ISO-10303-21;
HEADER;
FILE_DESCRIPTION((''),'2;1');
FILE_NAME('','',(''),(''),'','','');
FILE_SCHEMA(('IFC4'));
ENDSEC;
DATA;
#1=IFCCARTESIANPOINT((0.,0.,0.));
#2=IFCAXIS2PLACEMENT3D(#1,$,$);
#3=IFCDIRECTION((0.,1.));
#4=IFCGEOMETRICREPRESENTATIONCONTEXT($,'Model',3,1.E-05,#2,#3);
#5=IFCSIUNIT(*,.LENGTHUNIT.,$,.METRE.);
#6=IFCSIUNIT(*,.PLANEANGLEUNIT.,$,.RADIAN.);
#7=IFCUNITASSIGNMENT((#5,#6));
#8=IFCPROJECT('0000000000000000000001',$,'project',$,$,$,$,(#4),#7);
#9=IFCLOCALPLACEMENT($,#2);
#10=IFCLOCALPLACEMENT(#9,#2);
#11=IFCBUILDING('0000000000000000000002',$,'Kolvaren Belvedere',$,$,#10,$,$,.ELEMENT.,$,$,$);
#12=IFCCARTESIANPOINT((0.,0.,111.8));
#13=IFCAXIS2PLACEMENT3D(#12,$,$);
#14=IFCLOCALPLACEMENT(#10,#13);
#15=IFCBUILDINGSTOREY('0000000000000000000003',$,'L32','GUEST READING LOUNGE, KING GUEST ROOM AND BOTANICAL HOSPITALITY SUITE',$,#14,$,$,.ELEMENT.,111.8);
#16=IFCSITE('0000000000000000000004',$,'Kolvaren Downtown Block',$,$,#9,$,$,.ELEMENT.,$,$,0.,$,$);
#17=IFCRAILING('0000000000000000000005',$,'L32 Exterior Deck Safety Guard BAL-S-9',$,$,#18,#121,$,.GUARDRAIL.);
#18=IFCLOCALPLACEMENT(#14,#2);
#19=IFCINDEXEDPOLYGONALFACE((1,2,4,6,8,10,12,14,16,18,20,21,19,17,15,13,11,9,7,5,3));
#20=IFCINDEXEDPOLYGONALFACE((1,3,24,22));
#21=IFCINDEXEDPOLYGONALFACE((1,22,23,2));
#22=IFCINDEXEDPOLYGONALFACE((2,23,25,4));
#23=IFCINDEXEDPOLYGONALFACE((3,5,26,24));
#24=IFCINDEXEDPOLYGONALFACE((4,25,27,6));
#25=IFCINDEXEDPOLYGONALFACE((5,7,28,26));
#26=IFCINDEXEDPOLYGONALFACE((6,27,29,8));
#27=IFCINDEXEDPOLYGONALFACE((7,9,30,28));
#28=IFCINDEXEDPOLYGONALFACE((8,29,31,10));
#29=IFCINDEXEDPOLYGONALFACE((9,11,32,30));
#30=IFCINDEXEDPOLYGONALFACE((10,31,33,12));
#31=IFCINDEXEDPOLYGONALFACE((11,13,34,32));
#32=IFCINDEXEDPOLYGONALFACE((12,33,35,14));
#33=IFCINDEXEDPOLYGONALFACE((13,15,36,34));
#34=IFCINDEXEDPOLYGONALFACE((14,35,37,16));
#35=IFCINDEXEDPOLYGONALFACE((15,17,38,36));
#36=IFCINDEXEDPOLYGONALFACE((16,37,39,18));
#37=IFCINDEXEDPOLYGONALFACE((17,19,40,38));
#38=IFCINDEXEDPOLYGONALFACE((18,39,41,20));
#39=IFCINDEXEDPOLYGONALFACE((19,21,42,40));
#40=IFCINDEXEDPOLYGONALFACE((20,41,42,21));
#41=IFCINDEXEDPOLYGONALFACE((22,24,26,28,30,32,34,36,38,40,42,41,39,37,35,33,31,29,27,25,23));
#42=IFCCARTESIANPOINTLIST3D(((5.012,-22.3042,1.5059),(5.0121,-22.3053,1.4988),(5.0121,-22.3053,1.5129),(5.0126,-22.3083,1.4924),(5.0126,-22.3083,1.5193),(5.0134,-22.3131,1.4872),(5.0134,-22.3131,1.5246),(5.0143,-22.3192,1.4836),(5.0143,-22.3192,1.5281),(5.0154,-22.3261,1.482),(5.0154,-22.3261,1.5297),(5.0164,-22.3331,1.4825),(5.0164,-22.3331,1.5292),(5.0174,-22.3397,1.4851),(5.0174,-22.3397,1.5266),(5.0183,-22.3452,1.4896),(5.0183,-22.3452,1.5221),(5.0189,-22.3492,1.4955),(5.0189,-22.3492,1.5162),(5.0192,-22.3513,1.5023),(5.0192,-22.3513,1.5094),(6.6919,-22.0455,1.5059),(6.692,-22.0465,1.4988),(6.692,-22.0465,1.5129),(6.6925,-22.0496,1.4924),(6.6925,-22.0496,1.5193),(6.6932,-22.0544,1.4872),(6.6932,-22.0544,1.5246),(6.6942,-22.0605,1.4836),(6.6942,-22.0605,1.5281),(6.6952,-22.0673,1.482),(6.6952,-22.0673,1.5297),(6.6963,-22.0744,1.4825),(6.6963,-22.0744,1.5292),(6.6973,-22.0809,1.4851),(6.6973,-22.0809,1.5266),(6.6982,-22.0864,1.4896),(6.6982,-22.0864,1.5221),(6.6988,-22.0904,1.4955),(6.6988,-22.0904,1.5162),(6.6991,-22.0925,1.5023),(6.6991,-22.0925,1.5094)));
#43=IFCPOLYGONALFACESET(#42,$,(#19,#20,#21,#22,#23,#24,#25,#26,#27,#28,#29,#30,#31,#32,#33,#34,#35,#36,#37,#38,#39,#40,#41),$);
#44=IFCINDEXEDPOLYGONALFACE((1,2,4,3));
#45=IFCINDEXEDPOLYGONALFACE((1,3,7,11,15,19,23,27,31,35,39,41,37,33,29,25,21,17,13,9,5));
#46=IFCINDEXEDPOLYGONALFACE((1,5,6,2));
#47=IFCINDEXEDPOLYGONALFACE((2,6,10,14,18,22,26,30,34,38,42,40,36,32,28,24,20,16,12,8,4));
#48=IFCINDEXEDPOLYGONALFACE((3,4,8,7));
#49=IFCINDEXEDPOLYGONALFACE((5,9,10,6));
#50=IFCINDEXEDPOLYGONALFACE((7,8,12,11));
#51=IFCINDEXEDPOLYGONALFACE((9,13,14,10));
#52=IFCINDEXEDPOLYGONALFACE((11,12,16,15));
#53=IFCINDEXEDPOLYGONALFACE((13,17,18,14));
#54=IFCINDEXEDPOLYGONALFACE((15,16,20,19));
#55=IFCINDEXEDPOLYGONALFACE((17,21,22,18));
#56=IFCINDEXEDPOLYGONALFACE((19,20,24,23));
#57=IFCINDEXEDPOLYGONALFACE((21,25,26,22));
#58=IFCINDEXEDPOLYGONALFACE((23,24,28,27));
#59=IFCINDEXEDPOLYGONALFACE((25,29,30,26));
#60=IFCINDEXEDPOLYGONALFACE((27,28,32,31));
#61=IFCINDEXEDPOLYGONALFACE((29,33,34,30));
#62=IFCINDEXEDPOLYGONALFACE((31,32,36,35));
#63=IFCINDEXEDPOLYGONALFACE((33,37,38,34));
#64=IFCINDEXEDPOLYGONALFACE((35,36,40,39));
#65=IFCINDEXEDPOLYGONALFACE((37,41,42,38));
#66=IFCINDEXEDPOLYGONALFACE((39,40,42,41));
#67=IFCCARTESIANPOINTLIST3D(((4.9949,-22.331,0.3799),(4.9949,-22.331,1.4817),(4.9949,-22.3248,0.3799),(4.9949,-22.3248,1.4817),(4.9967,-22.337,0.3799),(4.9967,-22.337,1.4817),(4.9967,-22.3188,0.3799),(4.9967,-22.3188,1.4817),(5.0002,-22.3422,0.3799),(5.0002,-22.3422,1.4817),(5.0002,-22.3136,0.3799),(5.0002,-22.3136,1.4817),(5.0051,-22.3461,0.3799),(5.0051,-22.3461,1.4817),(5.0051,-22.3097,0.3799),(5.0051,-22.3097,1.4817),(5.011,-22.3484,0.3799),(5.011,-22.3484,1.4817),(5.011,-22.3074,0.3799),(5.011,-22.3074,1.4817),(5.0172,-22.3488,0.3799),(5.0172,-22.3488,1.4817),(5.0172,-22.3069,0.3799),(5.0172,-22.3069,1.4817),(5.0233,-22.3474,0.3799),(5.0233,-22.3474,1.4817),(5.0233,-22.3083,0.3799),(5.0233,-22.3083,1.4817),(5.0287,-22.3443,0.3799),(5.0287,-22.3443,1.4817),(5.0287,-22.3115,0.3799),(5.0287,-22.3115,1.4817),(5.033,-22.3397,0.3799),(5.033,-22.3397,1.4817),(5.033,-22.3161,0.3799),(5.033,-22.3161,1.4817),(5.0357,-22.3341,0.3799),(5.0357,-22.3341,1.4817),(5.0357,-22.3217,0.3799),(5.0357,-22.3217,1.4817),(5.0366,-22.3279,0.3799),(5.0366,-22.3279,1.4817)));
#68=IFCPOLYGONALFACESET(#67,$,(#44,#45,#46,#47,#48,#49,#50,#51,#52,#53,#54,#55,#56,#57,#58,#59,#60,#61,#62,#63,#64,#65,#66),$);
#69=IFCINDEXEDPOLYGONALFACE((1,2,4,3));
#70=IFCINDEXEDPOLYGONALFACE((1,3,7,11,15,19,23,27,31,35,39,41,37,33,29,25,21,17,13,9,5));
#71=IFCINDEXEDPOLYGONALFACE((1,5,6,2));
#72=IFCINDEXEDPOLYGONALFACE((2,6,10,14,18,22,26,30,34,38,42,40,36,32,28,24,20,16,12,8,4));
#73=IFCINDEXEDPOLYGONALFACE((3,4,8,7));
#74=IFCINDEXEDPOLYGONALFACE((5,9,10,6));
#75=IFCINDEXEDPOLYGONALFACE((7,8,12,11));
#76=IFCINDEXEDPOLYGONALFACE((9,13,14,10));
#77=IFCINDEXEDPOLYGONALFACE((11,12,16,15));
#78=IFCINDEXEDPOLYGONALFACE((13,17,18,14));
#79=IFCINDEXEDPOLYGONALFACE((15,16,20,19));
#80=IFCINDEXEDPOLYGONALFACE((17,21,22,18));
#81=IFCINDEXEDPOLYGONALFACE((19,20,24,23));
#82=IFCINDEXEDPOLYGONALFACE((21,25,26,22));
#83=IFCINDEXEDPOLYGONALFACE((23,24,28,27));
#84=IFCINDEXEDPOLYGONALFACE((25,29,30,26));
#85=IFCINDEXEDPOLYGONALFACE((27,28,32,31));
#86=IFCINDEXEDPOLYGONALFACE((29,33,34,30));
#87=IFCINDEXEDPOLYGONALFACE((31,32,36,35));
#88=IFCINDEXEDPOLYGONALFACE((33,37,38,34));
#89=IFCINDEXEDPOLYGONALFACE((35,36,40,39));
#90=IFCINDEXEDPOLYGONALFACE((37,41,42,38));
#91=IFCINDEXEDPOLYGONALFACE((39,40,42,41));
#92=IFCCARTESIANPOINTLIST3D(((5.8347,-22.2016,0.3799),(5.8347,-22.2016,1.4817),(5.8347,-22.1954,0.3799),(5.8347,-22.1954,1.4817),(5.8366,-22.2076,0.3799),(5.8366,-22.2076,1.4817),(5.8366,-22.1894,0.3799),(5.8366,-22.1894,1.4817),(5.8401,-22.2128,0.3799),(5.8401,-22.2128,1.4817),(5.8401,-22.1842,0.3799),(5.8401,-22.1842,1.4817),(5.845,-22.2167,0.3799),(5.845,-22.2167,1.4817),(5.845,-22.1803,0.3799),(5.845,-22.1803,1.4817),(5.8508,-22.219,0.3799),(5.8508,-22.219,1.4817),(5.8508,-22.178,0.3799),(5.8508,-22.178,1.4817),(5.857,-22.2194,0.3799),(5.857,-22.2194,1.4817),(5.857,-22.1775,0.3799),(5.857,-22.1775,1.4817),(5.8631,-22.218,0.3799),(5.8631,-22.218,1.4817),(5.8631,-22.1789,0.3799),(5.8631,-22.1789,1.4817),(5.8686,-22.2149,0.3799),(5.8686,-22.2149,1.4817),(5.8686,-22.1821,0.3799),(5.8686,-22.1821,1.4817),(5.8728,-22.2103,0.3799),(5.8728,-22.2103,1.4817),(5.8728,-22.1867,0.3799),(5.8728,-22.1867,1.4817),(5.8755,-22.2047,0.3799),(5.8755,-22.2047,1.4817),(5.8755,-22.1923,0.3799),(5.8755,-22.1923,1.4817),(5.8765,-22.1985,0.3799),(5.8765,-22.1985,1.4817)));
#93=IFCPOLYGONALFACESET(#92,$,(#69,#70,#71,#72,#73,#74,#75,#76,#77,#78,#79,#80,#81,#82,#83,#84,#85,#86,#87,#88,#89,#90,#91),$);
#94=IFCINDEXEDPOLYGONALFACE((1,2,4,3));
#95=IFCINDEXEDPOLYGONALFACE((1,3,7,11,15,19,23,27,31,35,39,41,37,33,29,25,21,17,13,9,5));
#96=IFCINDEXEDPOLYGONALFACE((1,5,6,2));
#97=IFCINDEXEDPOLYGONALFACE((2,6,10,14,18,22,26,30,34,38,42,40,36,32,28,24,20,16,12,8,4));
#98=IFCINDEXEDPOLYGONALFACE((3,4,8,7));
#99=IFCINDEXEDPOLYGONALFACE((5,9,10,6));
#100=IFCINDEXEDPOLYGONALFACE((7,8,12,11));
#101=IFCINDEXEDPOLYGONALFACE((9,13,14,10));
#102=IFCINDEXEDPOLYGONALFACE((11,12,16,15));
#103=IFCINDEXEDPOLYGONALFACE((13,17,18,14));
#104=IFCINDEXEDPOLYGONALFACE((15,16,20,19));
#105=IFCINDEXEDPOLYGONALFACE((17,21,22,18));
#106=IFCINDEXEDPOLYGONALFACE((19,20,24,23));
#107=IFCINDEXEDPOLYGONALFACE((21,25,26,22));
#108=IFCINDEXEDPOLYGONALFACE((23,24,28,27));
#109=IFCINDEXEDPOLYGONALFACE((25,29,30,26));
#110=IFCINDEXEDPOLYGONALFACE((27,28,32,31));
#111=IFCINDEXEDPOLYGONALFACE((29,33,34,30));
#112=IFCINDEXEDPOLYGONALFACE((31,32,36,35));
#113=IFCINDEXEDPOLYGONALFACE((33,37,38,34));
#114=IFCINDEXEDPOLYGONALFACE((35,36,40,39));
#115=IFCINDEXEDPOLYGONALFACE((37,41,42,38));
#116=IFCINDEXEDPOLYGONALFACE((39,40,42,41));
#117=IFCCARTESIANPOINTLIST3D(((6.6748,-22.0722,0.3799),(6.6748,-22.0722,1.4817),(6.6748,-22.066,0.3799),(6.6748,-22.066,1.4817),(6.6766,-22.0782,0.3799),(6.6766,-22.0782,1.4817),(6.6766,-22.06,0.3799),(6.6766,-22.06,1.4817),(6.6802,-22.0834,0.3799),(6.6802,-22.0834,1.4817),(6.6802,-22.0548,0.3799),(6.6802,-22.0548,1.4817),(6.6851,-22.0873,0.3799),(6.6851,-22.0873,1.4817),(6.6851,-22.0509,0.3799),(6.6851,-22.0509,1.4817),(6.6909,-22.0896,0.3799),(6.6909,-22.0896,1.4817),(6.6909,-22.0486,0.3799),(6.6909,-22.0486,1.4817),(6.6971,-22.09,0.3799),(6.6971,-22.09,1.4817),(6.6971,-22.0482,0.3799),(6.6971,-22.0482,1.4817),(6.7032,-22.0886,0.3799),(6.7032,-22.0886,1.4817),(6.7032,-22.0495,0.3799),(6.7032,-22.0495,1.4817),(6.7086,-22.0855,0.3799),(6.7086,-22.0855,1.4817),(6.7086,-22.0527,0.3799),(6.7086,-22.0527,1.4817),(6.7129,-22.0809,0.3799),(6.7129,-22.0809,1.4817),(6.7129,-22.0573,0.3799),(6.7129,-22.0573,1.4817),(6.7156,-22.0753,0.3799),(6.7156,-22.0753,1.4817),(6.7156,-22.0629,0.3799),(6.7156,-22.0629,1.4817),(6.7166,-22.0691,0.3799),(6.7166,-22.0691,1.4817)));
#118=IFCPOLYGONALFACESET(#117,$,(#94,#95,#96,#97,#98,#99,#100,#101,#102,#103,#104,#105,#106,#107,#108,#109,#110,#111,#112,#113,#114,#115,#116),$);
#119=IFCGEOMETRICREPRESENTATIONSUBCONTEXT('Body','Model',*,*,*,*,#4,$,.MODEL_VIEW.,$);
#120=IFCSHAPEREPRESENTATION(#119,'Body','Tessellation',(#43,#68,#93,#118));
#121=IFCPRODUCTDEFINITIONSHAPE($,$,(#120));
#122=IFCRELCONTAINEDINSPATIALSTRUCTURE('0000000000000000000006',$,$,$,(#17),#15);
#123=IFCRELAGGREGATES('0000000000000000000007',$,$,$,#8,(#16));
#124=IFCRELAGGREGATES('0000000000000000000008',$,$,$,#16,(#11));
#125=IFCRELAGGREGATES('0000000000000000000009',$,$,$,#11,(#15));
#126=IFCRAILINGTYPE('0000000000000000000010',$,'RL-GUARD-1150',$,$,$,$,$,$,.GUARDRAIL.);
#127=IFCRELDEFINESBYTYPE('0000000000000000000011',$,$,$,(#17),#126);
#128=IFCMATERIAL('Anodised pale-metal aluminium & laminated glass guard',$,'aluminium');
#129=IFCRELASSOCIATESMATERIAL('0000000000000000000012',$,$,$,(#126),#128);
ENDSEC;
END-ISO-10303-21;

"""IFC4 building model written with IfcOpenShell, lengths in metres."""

from ifc_helpers import new_model, si_unit, direction, frame, origin, origin_2d, place, context, subcontext, project, spatial, circle, extrude, material, type_object, element, save


model = new_model("IFC4")

# Units and contexts
model_context = context("Model", 3, precision=1e-05, world=origin(), true_north=direction((0.0, 1.0)))
body_context = subcontext(model_context, "Body", "Model", "MODEL_VIEW")
ifc_project = project(units=[si_unit("LENGTHUNIT", "METRE"), si_unit("PLANEANGLEUNIT", "RADIAN")], contexts=[model_context])

# Site, building, storey
site_placement = place(None, origin())
site = spatial("IfcSite", under=ifc_project, at=site_placement, Name="Kolvaren Downtown Block", CompositionType="ELEMENT", RefElevation=0.0)
building_placement = place(site_placement, origin())
building = spatial("IfcBuilding", under=site, at=building_placement, Name="Kolvaren Belvedere", CompositionType="ELEMENT")
storey_placement = place(building_placement, frame((0.0, 0.0, 111.8)))
storey = spatial("IfcBuildingStorey", under=building, at=storey_placement, Name="L32", Description="GUEST READING LOUNGE, KING GUEST ROOM AND BOTANICAL HOSPITALITY SUITE", CompositionType="ELEMENT", Elevation=111.8)

# Railing
ifc_material_1 = material(Name="Anodised pale-metal aluminium & laminated glass guard", Category="aluminium")
railing_type = type_object("IfcRailingType", Name="RL-GUARD-1150", PredefinedType="GUARDRAIL", material=ifc_material_1)
railing_1_placement = place(storey_placement, frame((5.0156, -22.3279, 0.3799)))
element("IfcRailing", 1, at=railing_1_placement, inside=storey, type_object=railing_type, Name="L32 Exterior Deck Safety Guard BAL-S-9", PredefinedType="GUARDRAIL", context=body_context, shape_type="SweptSolid", body=[
    extrude(circle(Radius=0.0239, at=origin_2d()), frame((0.0, 0.0, 1.126), z_axis=(0.988342, 0.152251, 0.0), x_axis=(-0.152251, 0.988342, 0.0)), (0.0, 0.0, 1.0), 1.6997),
    extrude(circle(Radius=0.021, at=origin_2d()), origin(), (0.0, 0.0, 1.0), 1.1018),
    extrude(circle(Radius=0.021, at=origin_2d()), frame((0.8398, 0.1294, 0.0)), (0.0, 0.0, 1.0), 1.1018),
    extrude(circle(Radius=0.021, at=origin_2d()), frame((1.6799, 0.2588, 0.0)), (0.0, 0.0, 1.0), 1.1018),
])

save(model, "model.ifc")
